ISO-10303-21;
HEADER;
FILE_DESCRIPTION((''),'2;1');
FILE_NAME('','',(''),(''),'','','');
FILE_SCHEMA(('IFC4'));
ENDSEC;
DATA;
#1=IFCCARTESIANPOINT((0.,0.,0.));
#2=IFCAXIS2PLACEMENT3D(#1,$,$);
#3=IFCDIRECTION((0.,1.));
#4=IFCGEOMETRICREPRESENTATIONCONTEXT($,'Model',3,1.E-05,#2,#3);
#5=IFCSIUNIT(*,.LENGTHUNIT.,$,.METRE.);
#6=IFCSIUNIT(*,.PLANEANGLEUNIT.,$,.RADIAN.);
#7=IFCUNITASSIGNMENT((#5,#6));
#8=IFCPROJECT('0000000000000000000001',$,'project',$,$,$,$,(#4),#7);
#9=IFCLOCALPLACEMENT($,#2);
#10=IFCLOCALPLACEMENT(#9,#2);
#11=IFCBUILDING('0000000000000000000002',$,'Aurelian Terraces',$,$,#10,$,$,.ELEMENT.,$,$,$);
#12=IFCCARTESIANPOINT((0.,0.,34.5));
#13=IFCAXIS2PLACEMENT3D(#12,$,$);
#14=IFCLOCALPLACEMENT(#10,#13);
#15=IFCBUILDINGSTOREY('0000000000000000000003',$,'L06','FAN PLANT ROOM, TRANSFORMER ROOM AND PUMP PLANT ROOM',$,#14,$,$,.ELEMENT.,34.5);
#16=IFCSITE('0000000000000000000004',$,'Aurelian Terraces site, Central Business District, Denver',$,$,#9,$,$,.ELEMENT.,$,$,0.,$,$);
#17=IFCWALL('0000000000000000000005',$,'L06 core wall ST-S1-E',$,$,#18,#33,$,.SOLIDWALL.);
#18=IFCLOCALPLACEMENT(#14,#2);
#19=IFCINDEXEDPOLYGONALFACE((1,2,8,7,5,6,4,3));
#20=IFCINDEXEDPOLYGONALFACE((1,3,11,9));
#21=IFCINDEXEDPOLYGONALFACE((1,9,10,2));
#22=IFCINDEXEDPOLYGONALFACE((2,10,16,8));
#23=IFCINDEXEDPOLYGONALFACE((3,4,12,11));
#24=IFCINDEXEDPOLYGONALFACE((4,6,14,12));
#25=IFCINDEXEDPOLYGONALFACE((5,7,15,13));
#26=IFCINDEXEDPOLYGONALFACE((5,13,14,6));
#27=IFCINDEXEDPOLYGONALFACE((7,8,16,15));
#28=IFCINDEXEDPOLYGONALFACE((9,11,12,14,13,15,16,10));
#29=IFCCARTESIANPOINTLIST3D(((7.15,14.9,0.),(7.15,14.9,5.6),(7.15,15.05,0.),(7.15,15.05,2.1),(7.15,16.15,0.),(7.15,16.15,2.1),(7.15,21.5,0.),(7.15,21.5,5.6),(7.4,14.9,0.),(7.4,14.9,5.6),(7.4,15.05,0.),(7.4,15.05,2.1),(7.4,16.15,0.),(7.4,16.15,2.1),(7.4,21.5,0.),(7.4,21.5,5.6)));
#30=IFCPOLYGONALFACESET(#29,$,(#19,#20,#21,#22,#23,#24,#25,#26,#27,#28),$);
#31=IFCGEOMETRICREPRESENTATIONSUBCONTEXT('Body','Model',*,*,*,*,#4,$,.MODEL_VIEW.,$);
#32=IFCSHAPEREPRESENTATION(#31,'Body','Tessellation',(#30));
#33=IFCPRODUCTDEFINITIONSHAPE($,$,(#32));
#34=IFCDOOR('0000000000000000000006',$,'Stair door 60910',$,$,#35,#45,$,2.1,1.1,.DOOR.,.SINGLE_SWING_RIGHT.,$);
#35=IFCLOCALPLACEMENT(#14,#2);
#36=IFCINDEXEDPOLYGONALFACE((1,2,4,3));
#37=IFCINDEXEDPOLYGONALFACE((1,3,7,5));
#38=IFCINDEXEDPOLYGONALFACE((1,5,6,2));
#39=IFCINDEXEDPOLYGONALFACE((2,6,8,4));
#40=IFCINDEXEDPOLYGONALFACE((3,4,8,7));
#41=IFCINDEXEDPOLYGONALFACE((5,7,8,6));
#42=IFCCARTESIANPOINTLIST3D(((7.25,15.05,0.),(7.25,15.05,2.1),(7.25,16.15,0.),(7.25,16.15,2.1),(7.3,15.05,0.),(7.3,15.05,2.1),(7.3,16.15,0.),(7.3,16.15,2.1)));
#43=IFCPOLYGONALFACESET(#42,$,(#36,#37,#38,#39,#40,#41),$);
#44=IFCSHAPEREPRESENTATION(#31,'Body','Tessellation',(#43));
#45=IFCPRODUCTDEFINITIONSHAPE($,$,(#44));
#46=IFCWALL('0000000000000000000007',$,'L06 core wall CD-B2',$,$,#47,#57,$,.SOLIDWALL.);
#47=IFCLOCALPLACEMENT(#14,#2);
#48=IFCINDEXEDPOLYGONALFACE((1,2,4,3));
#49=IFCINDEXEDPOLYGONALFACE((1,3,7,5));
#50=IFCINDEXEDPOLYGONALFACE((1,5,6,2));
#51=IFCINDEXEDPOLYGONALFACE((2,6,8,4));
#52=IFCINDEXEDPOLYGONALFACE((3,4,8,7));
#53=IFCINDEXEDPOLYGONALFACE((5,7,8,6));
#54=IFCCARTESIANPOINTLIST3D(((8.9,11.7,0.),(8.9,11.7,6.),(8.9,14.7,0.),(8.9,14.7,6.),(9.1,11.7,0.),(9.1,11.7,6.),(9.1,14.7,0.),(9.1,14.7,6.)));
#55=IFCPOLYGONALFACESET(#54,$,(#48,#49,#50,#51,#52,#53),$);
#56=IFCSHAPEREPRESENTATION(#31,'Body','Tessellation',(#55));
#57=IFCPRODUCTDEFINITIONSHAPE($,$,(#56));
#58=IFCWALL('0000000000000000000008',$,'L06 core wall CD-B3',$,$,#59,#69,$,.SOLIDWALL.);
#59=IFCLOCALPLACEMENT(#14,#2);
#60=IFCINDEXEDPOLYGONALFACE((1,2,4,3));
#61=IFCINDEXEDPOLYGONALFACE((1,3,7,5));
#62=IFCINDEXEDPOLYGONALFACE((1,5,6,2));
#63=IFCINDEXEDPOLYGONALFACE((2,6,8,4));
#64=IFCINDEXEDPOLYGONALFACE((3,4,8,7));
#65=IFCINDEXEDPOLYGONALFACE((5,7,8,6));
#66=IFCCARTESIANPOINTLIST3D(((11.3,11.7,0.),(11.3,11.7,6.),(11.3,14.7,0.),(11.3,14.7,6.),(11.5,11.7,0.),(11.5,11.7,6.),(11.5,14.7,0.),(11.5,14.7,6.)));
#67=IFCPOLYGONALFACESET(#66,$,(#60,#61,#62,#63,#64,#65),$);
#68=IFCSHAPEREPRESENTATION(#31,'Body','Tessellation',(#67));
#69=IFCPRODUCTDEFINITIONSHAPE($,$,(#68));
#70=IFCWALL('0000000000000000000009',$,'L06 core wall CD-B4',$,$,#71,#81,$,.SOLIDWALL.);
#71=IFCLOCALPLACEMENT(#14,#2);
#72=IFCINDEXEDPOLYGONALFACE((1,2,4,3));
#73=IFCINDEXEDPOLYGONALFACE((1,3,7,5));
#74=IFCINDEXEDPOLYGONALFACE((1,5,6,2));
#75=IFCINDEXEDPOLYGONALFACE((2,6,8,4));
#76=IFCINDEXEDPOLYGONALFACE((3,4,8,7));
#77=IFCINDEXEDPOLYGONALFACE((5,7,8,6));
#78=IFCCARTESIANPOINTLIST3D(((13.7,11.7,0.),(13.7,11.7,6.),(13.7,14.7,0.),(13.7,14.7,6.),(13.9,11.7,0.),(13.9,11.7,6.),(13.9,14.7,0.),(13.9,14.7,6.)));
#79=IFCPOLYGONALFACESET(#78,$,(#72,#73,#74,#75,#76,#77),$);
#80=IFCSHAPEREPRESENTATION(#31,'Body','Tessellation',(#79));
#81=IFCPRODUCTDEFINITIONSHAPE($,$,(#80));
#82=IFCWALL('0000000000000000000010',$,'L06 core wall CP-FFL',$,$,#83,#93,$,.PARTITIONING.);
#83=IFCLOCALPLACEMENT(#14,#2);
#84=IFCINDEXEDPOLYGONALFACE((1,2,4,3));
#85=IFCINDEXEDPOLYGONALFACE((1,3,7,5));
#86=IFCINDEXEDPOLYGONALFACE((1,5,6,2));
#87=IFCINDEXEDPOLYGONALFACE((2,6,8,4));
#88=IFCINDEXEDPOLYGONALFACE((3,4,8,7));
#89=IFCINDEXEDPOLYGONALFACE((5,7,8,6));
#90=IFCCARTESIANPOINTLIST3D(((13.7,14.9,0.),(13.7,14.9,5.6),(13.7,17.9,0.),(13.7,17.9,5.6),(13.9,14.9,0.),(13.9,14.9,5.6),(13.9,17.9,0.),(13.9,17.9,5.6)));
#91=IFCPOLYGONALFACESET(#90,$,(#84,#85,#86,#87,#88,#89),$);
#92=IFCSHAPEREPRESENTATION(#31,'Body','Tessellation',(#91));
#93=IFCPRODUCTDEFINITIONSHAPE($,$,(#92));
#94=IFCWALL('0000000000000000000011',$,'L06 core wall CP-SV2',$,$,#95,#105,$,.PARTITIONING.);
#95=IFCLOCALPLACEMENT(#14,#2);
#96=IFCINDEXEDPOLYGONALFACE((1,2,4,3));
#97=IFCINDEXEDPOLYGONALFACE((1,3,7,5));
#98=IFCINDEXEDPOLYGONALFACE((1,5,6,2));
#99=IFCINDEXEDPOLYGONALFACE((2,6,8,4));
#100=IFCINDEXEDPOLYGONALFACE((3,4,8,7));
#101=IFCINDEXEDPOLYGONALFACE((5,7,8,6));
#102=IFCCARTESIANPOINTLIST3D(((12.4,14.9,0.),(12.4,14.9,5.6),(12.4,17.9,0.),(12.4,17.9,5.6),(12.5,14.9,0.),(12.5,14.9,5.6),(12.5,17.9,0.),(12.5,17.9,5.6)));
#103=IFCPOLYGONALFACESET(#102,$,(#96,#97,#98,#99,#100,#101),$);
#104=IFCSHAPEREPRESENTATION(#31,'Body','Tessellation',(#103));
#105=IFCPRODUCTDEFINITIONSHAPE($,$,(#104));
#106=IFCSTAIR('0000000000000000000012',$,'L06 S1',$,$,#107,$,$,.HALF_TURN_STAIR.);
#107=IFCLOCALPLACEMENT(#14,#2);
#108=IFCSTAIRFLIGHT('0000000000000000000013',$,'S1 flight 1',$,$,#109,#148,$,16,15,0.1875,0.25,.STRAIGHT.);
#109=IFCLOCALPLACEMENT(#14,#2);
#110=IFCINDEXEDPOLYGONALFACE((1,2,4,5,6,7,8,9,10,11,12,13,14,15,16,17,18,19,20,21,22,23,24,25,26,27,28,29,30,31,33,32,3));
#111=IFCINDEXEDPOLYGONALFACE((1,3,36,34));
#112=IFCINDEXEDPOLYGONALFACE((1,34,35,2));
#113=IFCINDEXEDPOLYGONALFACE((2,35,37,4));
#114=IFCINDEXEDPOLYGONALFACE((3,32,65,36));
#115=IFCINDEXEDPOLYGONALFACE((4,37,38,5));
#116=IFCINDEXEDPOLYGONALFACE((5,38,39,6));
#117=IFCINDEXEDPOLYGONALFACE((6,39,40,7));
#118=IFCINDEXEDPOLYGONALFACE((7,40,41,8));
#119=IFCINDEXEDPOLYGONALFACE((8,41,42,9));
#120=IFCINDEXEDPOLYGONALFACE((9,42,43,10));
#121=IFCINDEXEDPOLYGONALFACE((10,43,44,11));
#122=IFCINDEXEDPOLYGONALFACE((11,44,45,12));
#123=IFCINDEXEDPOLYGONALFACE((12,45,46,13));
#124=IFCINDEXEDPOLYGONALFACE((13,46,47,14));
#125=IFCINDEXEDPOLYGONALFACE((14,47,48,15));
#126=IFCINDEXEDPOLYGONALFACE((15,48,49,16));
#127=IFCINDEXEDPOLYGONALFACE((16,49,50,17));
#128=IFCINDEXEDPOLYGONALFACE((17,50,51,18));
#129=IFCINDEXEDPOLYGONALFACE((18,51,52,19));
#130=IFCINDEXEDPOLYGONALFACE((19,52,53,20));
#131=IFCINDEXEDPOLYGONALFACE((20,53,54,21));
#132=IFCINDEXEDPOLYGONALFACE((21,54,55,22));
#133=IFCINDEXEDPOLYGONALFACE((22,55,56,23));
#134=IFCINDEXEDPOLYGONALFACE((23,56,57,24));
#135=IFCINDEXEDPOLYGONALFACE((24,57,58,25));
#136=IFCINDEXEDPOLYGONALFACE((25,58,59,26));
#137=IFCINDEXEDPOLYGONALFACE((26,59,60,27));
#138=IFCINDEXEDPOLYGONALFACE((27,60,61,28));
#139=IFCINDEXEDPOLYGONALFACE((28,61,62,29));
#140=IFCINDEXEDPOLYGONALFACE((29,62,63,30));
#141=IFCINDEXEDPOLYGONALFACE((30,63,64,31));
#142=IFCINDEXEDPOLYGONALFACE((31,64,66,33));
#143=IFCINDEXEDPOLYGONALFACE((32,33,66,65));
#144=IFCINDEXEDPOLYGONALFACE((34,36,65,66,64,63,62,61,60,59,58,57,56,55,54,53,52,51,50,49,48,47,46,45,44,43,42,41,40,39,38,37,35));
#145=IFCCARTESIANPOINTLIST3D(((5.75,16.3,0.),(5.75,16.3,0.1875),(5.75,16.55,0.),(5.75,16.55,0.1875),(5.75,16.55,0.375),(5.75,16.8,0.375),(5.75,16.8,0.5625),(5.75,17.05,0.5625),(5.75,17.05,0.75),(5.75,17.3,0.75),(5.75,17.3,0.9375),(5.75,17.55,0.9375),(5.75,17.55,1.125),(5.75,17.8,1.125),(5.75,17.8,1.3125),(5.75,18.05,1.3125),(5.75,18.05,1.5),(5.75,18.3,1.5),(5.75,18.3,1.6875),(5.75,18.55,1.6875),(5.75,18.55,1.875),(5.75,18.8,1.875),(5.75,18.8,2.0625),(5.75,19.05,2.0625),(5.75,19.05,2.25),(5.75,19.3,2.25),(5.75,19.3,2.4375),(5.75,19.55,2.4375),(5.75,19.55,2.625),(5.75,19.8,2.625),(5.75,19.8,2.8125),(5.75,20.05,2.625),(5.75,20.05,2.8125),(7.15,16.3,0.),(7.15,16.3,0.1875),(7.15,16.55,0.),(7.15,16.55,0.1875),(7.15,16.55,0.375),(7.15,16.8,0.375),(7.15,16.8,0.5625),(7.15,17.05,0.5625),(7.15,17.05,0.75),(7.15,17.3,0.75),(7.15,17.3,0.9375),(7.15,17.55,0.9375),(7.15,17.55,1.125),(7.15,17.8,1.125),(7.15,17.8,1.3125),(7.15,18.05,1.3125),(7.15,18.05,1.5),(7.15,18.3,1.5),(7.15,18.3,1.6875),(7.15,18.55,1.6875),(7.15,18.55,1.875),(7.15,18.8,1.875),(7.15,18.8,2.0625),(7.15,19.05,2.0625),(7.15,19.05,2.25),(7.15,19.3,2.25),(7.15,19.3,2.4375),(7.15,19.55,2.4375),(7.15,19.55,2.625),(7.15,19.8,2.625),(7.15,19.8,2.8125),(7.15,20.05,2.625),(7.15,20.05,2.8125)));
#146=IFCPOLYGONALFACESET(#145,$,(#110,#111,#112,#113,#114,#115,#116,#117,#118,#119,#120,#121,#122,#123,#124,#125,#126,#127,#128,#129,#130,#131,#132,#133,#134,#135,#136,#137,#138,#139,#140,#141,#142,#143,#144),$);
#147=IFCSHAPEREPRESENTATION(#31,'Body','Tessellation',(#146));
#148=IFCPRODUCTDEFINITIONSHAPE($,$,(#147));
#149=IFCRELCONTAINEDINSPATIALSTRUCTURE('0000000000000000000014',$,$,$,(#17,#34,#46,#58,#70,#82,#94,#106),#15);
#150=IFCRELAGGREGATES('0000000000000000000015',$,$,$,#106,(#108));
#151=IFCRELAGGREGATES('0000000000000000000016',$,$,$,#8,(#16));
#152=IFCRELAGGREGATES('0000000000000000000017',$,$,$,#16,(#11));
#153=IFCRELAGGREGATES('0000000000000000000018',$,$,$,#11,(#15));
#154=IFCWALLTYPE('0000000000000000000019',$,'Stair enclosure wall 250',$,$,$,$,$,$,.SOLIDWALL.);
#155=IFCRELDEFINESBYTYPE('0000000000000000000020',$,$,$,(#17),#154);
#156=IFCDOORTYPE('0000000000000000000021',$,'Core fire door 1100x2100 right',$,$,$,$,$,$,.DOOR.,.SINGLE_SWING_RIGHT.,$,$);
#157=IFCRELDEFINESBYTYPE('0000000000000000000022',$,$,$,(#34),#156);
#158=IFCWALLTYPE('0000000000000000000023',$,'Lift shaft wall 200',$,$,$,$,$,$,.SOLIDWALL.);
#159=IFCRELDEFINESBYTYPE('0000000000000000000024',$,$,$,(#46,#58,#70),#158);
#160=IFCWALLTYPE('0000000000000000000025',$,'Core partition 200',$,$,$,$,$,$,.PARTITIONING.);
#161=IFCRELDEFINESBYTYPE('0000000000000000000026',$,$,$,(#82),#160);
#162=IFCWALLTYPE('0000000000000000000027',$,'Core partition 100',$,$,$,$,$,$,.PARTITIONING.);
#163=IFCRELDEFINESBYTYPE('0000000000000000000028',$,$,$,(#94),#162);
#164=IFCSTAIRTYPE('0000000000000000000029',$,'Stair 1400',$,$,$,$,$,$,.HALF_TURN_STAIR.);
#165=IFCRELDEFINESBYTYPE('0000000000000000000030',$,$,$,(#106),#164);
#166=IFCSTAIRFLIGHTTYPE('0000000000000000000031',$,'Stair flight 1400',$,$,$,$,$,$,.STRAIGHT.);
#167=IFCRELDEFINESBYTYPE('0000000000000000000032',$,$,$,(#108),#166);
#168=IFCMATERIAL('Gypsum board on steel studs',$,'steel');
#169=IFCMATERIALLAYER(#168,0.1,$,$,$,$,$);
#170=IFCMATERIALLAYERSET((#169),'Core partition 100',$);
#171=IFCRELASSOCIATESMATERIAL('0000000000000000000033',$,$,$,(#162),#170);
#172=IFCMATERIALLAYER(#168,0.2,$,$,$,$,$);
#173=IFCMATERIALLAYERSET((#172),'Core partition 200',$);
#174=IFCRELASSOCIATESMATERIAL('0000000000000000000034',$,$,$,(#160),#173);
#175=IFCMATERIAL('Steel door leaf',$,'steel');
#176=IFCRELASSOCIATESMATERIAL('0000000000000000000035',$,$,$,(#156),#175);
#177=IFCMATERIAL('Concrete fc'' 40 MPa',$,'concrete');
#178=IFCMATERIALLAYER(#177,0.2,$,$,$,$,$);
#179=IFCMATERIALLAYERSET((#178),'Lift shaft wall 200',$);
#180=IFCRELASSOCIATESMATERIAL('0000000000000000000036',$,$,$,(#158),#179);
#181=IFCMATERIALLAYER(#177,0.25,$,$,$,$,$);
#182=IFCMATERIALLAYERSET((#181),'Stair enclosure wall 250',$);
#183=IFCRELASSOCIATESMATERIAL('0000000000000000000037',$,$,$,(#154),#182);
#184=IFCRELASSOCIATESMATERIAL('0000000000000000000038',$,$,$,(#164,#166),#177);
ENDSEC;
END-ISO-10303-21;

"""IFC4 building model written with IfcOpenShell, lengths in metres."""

from ifc_helpers import new_model, si_unit, direction, frame, frame_2d, origin, place, context, subcontext, project, spatial, polyline, rectangle, outline, extrude, source, transform, mapped, material, layer, layer_set, type_object, element, fill, aggregate, save


model = new_model("IFC4")

# Units and contexts
model_context = context("Model", 3, precision=1e-05, world=origin(), true_north=direction((0.0, 1.0)))
body_context = subcontext(model_context, "Body", "Model", "MODEL_VIEW")
ifc_project = project(units=[si_unit("LENGTHUNIT", "METRE"), si_unit("PLANEANGLEUNIT", "RADIAN")], contexts=[model_context])

# Site, building, storey
site_placement = place(None, origin())
site = spatial("IfcSite", under=ifc_project, at=site_placement, Name="Aurelian Terraces site, Central Business District, Denver", CompositionType="ELEMENT", RefElevation=0.0)
building_placement = place(site_placement, origin())
building = spatial("IfcBuilding", under=site, at=building_placement, Name="Aurelian Terraces", CompositionType="ELEMENT")
storey_placement = place(building_placement, frame((0.0, 0.0, 34.5)))
storey = spatial("IfcBuildingStorey", under=building, at=storey_placement, Name="L06", Description="FAN PLANT ROOM, TRANSFORMER ROOM AND PUMP PLANT ROOM", CompositionType="ELEMENT", Elevation=34.5)

# Shared definitions
ifc_material_1 = material(Name="Gypsum board on steel studs", Category="steel")
ifc_layer_1 = layer(ifc_material_1, 0.1)
ifc_layer_set_1 = layer_set([ifc_layer_1], Name="Core partition 100")
wall_type_1 = type_object("IfcWallType", Name="Core partition 100", PredefinedType="PARTITIONING", material=ifc_layer_set_1)
ifc_layer_2 = layer(ifc_material_1, 0.2)
ifc_layer_set_2 = layer_set([ifc_layer_2], Name="Core partition 200")
wall_type_2 = type_object("IfcWallType", Name="Core partition 200", PredefinedType="PARTITIONING", material=ifc_layer_set_2)

# Shared definitions
ifc_material_2 = material(Name="Steel door leaf", Category="steel")
door_type_1 = type_object("IfcDoorType", Name="Core fire door 1100x2100 right", OperationType="SINGLE_SWING_RIGHT", PredefinedType="DOOR", material=ifc_material_2)
shared_shape_1 = source(origin(), body_context, "Body", "SweptSolid", [
    extrude(rectangle(XDim=1.1, YDim=2.1, at=frame_2d((0.55, 1.05))), frame((0.0, 0.025, 0.0), z_axis=(0.0, -1.0, 0.0), x_axis=(1.0, 0.0, 0.0)), (0.0, 0.0, 1.0), 0.05),
])

# Shared definitions
ifc_material_3 = material(Name="Concrete fc' 40 MPa", Category="concrete")
ifc_layer_3 = layer(ifc_material_3, 0.2)
ifc_layer_set_3 = layer_set([ifc_layer_3], Name="Lift shaft wall 200")
wall_type_3 = type_object("IfcWallType", Name="Lift shaft wall 200", PredefinedType="SOLIDWALL", material=ifc_layer_set_3)

# Wall, opening, door
ifc_layer_4 = layer(ifc_material_3, 0.25)
ifc_layer_set_4 = layer_set([ifc_layer_4], Name="Stair enclosure wall 250")
wall_type_4 = type_object("IfcWallType", Name="Stair enclosure wall 250", PredefinedType="SOLIDWALL", material=ifc_layer_set_4)
wall_1_placement = place(storey_placement, frame((7.275, 14.9, 0.0), z_axis=(0.0, 0.0, 1.0), x_axis=(0.0, 1.0, 0.0)))
wall_1 = element("IfcWall", 1, at=wall_1_placement, inside=storey, type_object=wall_type_4, Name="L06 core wall ST-S1-E", PredefinedType="SOLIDWALL", context=body_context, shape_type="SweptSolid", body=[
    extrude(rectangle(XDim=6.6, YDim=0.25, at=frame_2d((3.3, 0.0))), origin(), (0.0, 0.0, 1.0), 5.6),
])
shared_shape_2 = source(origin(), body_context, "Body", "SweptSolid", [
    extrude(rectangle(XDim=1.1, YDim=2.1, at=frame_2d((0.55, 1.05))), frame((0.0, 0.135, 0.0), z_axis=(0.0, -1.0, 0.0), x_axis=(1.0, 0.0, 0.0)), (0.0, 0.0, 1.0), 0.27),
])
opening_1_placement = place(wall_1_placement, frame((0.15, 0.0, 0.0)))
opening_1 = element("IfcOpeningElement", 2, at=opening_1_placement, cuts=wall_1, PredefinedType="OPENING", context=body_context, shape_type="MappedRepresentation", body=[
    mapped(shared_shape_2, transform((0.0, 0.0, 0.0), scale=1.0)),
])
door_1_placement = place(opening_1_placement, origin())
door_1 = element("IfcDoor", 3, at=door_1_placement, inside=storey, type_object=door_type_1, Name="Stair door 60910", OperationType="SINGLE_SWING_RIGHT", OverallHeight=2.1, OverallWidth=1.1, PredefinedType="DOOR", context=body_context, shape_type="MappedRepresentation", body=[
    mapped(shared_shape_1, transform((0.0, 0.0, 0.0), scale=1.0)),
])
fill(opening_1, door_1)

# Walls
shared_shape_3 = source(origin(), body_context, "Body", "SweptSolid", [
    extrude(rectangle(XDim=3.0, YDim=0.2, at=frame_2d((1.5, 0.0))), origin(), (0.0, 0.0, 1.0), 6.0),
])
for number, where, z_axis, x_axis, name in (
    (4, (9.0, 11.7, 0.0), (0.0, 0.0, 1.0), (0.0, 1.0, 0.0), "L06 core wall CD-B2"),
    (5, (11.4, 11.7, 0.0), (0.0, 0.0, 1.0), (0.0, 1.0, 0.0), "L06 core wall CD-B3"),
    (6, (13.8, 11.7, 0.0), (0.0, 0.0, 1.0), (0.0, 1.0, 0.0), "L06 core wall CD-B4"),
):
    element("IfcWall", number, at=place(storey_placement, frame(where, z_axis=z_axis, x_axis=x_axis)), inside=storey, type_object=wall_type_3, Name=name, PredefinedType="SOLIDWALL", context=body_context, shape_type="MappedRepresentation", body=[
        mapped(shared_shape_3, transform((0.0, 0.0, 0.0), scale=1.0)),
    ])
shared_shape_4 = source(origin(), body_context, "Body", "SweptSolid", [
    extrude(rectangle(XDim=3.0, YDim=0.2, at=frame_2d((1.5, 0.0))), origin(), (0.0, 0.0, 1.0), 5.6),
])
wall_2_placement = place(storey_placement, frame((13.8, 14.9, 0.0), z_axis=(0.0, 0.0, 1.0), x_axis=(0.0, 1.0, 0.0)))
element("IfcWall", 7, at=wall_2_placement, inside=storey, type_object=wall_type_2, Name="L06 core wall CP-FFL", PredefinedType="PARTITIONING", context=body_context, shape_type="MappedRepresentation", body=[
    mapped(shared_shape_4, transform((0.0, 0.0, 0.0), scale=1.0)),
])
shared_shape_5 = source(origin(), body_context, "Body", "SweptSolid", [
    extrude(rectangle(XDim=3.0, YDim=0.1, at=frame_2d((1.5, 0.0))), origin(), (0.0, 0.0, 1.0), 5.6),
])
wall_3_placement = place(storey_placement, frame((12.45, 14.9, 0.0), z_axis=(0.0, 0.0, 1.0), x_axis=(0.0, 1.0, 0.0)))
element("IfcWall", 8, at=wall_3_placement, inside=storey, type_object=wall_type_1, Name="L06 core wall CP-SV2", PredefinedType="PARTITIONING", context=body_context, shape_type="MappedRepresentation", body=[
    mapped(shared_shape_5, transform((0.0, 0.0, 0.0), scale=1.0)),
])

# Stair, stair flight
stair_type = type_object("IfcStairType", Name="Stair 1400", PredefinedType="HALF_TURN_STAIR", material=ifc_material_3)
stair_placement = place(storey_placement, origin())
stair = element("IfcStair", 9, at=stair_placement, inside=storey, type_object=stair_type, Name="L06 S1", PredefinedType="HALF_TURN_STAIR")
stair_flight_type = type_object("IfcStairFlightType", Name="Stair flight 1400", PredefinedType="STRAIGHT", material=ifc_material_3)
stair_flight_placement = place(storey_placement, frame((6.45, 16.3, 0.0), z_axis=(0.0, 0.0, 1.0), x_axis=(0.0, 1.0, 0.0)))
stair_flight = element("IfcStairFlight", 10, at=stair_flight_placement, type_object=stair_flight_type, Name="S1 flight 1", NumberOfRisers=16, NumberOfTreads=15, PredefinedType="STRAIGHT", RiserHeight=0.1875, TreadLength=0.25, context=body_context, shape_type="SweptSolid", body=[
    extrude(outline(polyline([(0.0, 0.0), (0.0, 0.1875), (0.25, 0.1875), (0.25, 0.375), (0.5, 0.375), (0.5, 0.5625), (0.75, 0.5625), (0.75, 0.75), (1.0, 0.75), (1.0, 0.9375), (1.25, 0.9375), (1.25, 1.125), (1.5, 1.125), (1.5, 1.3125), (1.75, 1.3125), (1.75, 1.5), (2.0, 1.5), (2.0, 1.6875), (2.25, 1.6875), (2.25, 1.875), (2.5, 1.875), (2.5, 2.0625), (2.75, 2.0625), (2.75, 2.25), (3.0, 2.25), (3.0, 2.4375), (3.25, 2.4375), (3.25, 2.625), (3.5, 2.625), (3.5, 2.8125), (3.75, 2.8125), (3.75, 3.0), (3.75, 2.625), (0.25, 0.0), (0.0, 0.0)])), frame((0.0, 0.7, 0.0), z_axis=(0.0, -1.0, 0.0), x_axis=(1.0, 0.0, 0.0)), (0.0, 0.0, 1.0), 1.4),
])
aggregate(stair, [stair_flight])

save(model, "model.ifc")
